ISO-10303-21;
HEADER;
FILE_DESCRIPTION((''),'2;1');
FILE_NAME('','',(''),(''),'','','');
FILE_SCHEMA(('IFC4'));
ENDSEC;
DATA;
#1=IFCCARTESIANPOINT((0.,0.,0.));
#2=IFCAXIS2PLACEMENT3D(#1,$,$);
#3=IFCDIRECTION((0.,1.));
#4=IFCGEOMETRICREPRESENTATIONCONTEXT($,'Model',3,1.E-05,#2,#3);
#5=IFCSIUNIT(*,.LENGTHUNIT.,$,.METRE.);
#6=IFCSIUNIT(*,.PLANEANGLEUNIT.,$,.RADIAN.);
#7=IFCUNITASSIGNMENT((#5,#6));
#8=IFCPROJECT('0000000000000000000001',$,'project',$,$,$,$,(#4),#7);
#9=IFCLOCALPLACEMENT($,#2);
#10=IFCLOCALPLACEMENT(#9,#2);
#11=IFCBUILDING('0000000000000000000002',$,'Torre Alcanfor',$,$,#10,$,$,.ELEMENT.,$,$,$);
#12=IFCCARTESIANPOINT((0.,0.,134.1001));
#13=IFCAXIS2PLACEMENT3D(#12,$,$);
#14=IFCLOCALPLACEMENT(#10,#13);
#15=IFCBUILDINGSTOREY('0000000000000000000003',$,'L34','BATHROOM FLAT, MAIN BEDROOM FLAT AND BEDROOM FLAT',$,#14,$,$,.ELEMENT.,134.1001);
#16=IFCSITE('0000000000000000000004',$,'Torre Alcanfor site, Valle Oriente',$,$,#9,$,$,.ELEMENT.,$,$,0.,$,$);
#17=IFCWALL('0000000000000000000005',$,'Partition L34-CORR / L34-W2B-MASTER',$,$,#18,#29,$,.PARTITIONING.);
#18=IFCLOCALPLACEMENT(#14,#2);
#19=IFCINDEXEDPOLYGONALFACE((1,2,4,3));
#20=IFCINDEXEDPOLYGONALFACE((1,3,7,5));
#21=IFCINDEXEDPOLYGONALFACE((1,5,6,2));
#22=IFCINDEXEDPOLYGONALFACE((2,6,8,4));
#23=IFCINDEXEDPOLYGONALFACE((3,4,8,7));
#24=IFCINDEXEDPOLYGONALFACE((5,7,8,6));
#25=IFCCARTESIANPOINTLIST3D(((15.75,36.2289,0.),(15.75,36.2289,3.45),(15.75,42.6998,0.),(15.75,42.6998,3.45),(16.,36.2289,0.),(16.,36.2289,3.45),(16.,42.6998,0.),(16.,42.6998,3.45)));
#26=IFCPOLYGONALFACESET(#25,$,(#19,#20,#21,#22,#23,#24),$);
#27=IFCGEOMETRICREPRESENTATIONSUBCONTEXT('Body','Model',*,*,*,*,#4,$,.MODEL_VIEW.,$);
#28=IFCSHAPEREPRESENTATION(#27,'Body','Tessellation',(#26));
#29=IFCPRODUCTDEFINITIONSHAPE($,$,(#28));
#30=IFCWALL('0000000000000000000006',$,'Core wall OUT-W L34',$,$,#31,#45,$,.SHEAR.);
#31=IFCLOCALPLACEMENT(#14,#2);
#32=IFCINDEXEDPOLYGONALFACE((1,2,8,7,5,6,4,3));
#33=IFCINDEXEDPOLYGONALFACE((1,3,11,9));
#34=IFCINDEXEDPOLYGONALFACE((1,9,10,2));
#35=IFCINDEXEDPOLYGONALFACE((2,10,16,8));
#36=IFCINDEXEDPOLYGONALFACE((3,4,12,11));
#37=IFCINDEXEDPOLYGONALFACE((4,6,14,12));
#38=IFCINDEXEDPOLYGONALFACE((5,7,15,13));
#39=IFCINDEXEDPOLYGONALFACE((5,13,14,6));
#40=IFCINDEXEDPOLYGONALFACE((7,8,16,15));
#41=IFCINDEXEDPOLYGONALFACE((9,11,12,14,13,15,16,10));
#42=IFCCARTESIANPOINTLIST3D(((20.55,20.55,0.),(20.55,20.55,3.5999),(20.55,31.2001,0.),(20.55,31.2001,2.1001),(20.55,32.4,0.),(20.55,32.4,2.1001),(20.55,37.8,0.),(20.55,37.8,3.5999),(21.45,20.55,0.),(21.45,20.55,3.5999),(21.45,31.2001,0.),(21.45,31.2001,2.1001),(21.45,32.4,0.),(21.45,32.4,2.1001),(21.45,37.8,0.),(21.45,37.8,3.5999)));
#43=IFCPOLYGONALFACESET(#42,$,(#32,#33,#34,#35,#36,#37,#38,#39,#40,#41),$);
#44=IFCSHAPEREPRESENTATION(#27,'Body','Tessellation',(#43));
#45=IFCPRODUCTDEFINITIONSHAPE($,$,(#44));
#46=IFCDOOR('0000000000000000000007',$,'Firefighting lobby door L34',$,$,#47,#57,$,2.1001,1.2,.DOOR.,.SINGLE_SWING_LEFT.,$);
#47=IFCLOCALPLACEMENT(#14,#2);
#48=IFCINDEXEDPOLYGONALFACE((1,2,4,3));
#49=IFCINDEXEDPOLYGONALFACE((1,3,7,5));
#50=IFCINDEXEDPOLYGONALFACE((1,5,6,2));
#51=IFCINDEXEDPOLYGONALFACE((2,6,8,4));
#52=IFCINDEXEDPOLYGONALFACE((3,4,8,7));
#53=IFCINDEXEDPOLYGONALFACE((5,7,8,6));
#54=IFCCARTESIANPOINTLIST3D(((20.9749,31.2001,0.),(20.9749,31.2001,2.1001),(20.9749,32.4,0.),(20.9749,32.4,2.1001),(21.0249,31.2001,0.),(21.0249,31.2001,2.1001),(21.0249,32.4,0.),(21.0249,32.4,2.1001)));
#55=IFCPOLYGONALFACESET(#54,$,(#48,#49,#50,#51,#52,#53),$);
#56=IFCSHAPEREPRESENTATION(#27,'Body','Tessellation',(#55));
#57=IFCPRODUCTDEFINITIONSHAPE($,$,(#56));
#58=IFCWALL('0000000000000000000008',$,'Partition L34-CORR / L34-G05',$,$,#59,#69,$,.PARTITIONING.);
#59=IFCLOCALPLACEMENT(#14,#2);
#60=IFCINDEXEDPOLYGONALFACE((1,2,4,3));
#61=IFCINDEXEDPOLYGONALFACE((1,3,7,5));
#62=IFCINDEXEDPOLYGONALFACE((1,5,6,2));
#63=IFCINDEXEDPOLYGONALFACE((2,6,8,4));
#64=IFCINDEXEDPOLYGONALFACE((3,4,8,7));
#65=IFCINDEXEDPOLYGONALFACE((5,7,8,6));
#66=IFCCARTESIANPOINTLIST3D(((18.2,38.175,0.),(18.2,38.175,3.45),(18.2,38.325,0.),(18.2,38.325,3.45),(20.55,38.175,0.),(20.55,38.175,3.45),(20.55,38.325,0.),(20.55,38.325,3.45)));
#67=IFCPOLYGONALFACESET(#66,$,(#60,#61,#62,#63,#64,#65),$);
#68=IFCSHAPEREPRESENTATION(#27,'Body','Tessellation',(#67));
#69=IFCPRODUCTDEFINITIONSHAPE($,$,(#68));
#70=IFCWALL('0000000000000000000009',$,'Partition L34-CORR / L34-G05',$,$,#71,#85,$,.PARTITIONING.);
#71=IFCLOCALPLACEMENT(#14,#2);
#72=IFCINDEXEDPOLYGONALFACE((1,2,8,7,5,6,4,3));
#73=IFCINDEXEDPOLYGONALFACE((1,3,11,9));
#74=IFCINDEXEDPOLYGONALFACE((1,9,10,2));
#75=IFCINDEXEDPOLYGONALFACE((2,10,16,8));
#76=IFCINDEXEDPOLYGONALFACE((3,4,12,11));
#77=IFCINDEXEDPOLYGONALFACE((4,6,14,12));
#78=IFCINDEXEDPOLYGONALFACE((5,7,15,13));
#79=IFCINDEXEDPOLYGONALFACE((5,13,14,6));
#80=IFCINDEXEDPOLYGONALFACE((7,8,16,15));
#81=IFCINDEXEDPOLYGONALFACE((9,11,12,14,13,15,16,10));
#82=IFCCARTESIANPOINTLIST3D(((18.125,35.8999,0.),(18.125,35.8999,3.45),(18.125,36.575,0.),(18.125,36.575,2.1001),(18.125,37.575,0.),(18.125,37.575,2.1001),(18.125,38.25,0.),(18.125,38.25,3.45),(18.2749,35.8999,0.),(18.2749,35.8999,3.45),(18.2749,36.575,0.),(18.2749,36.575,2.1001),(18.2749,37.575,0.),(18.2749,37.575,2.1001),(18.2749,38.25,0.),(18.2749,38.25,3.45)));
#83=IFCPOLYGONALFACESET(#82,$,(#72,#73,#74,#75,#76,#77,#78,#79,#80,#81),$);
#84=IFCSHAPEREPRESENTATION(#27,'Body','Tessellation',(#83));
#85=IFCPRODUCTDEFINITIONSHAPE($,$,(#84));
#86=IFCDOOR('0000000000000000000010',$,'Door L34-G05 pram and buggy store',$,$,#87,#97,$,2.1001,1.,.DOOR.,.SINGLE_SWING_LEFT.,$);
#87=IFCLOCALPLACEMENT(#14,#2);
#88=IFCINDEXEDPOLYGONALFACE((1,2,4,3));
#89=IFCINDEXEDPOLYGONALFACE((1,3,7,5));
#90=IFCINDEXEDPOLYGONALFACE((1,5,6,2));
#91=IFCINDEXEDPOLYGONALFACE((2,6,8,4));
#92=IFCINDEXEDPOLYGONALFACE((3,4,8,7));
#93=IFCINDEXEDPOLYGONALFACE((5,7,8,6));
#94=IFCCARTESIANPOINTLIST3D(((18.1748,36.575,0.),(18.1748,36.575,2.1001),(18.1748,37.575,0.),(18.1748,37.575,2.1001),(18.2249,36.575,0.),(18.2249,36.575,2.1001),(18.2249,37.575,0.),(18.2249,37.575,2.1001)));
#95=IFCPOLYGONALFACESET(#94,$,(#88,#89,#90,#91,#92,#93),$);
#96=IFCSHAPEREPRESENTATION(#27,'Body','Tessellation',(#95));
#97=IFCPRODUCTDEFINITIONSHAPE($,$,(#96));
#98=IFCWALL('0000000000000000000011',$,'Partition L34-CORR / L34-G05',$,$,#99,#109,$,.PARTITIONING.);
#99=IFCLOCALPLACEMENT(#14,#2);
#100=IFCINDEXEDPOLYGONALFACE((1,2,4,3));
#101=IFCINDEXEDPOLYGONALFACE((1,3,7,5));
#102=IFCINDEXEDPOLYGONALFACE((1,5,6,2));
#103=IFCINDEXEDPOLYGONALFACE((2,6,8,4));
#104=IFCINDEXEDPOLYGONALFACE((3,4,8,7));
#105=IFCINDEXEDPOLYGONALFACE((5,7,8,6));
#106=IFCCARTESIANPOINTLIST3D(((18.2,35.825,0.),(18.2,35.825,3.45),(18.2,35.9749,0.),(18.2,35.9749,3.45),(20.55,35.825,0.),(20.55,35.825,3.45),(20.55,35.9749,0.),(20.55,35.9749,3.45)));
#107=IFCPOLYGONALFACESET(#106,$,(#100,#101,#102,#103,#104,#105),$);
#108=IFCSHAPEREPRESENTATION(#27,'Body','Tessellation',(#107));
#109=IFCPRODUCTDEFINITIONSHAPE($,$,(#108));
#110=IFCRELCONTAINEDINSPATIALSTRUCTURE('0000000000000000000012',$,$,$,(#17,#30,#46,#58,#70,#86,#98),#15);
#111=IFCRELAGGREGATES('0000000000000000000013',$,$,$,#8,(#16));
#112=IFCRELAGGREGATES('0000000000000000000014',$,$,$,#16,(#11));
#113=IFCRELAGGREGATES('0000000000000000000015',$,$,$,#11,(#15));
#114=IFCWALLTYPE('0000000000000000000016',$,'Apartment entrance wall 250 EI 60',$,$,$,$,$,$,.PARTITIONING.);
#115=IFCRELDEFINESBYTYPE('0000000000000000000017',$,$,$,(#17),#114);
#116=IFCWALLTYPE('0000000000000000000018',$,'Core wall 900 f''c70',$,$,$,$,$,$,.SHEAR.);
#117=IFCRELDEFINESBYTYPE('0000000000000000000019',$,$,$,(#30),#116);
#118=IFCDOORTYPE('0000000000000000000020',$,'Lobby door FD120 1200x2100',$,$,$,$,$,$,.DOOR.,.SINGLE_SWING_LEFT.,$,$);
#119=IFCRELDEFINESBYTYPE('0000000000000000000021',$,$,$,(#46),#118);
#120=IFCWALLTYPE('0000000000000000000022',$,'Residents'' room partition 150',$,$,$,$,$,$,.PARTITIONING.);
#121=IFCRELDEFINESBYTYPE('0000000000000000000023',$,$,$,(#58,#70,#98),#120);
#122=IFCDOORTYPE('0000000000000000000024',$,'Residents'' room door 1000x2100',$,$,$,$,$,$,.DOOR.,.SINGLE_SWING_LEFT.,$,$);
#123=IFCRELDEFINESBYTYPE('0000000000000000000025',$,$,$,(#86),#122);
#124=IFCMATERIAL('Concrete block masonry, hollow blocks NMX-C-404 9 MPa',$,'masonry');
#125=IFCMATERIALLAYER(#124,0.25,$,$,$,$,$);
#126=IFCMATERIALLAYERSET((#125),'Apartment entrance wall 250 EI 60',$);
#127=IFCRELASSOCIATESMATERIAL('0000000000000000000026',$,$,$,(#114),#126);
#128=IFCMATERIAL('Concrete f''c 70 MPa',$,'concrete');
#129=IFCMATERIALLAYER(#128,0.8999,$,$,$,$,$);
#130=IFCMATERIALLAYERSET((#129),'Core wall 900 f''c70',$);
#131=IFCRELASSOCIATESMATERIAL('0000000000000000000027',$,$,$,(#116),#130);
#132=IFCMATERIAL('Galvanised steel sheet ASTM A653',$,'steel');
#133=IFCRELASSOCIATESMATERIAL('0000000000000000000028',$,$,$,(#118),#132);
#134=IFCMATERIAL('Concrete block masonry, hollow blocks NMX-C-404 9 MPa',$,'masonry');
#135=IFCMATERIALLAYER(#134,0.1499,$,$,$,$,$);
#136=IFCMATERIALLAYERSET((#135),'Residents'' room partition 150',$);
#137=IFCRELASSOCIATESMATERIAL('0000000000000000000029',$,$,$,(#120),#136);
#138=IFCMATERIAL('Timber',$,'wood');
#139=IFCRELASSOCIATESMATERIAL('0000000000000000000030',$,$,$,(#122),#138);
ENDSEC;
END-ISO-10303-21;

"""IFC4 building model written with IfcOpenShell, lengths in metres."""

from ifc_helpers import new_model, si_unit, direction, frame, frame_2d, origin, place, context, subcontext, project, spatial, rectangle, extrude, material, layer, layer_set, type_object, element, fill, save


model = new_model("IFC4")

# Units and contexts
model_context = context("Model", 3, precision=1e-05, world=origin(), true_north=direction((0.0, 1.0)))
body_context = subcontext(model_context, "Body", "Model", "MODEL_VIEW")
ifc_project = project(units=[si_unit("LENGTHUNIT", "METRE"), si_unit("PLANEANGLEUNIT", "RADIAN")], contexts=[model_context])

# Site, building, storey
site_placement = place(None, origin())
site = spatial("IfcSite", under=ifc_project, at=site_placement, Name="Torre Alcanfor site, Valle Oriente", CompositionType="ELEMENT", RefElevation=0.0)
building_placement = place(site_placement, origin())
building = spatial("IfcBuilding", under=site, at=building_placement, Name="Torre Alcanfor", CompositionType="ELEMENT")
storey_placement = place(building_placement, frame((0.0, 0.0, 134.1001)))
storey = spatial("IfcBuildingStorey", under=building, at=storey_placement, Name="L34", Description="BATHROOM FLAT, MAIN BEDROOM FLAT AND BEDROOM FLAT", CompositionType="ELEMENT", Elevation=134.1001)

# Wall
ifc_material_1 = material(Name="Concrete block masonry, hollow blocks NMX-C-404 9 MPa", Category="masonry")
ifc_layer_1 = layer(ifc_material_1, 0.25)
ifc_layer_set_1 = layer_set([ifc_layer_1], Name="Apartment entrance wall 250 EI 60")
wall_type_1 = type_object("IfcWallType", Name="Apartment entrance wall 250 EI 60", PredefinedType="PARTITIONING", material=ifc_layer_set_1)
wall_1_placement = place(storey_placement, frame((15.875, 36.229, 0.0), z_axis=(0.0, 0.0, 1.0), x_axis=(0.0, 1.0, 0.0)))
element("IfcWall", 1, at=wall_1_placement, inside=storey, type_object=wall_type_1, Name="Partition L34-CORR / L34-W2B-MASTER", PredefinedType="PARTITIONING", context=body_context, shape_type="SweptSolid", body=[
    extrude(rectangle(XDim=6.4709, YDim=0.25, at=frame_2d((3.2354, 0.0))), origin(), (0.0, 0.0, 1.0), 3.45),
])

# Wall, opening, door
ifc_material_2 = material(Name="Concrete f'c 70 MPa", Category="concrete")
ifc_layer_2 = layer(ifc_material_2, 0.8999)
ifc_layer_set_2 = layer_set([ifc_layer_2], Name="Core wall 900 f'c70")
wall_type_2 = type_object("IfcWallType", Name="Core wall 900 f'c70", PredefinedType="SHEAR", material=ifc_layer_set_2)
wall_2_placement = place(storey_placement, frame((21.0, 37.8, 0.0), z_axis=(0.0, 0.0, 1.0), x_axis=(0.0, -1.0, 0.0)))
wall_2 = element("IfcWall", 2, at=wall_2_placement, inside=storey, type_object=wall_type_2, Name="Core wall OUT-W L34", PredefinedType="SHEAR", context=body_context, shape_type="SweptSolid", body=[
    extrude(rectangle(XDim=17.25, YDim=0.8999, at=frame_2d((8.625, 0.0))), origin(), (0.0, 0.0, 1.0), 3.5999),
])
opening_1_placement = place(wall_2_placement, frame((5.3999, 0.0, 0.0)))
opening_1 = element("IfcOpeningElement", 3, at=opening_1_placement, cuts=wall_2, PredefinedType="OPENING", context=body_context, shape_type="SweptSolid", body=[
    extrude(rectangle(XDim=1.2, YDim=2.1001, at=frame_2d((0.6001, 1.05))), frame((0.0, 0.46, 0.0), z_axis=(0.0, -1.0, 0.0), x_axis=(1.0, 0.0, 0.0)), (0.0, 0.0, 1.0), 0.9199),
])
ifc_material_3 = material(Name="Galvanised steel sheet ASTM A653", Category="steel")
door_type_1 = type_object("IfcDoorType", Name="Lobby door FD120 1200x2100", OperationType="SINGLE_SWING_LEFT", PredefinedType="DOOR", material=ifc_material_3)
door_1_placement = place(opening_1_placement, origin())
door_1 = element("IfcDoor", 4, at=door_1_placement, inside=storey, type_object=door_type_1, Name="Firefighting lobby door L34", OperationType="SINGLE_SWING_LEFT", OverallHeight=2.1001, OverallWidth=1.2, PredefinedType="DOOR", context=body_context, shape_type="SweptSolid", body=[
    extrude(rectangle(XDim=1.2, YDim=2.1001, at=frame_2d((0.6001, 1.05))), frame((0.0, 0.0249, 0.0), z_axis=(0.0, -1.0, 0.0), x_axis=(1.0, 0.0, 0.0)), (0.0, 0.0, 1.0), 0.05),
])
fill(opening_1, door_1)

# Wall
ifc_material_4 = material(Name="Concrete block masonry, hollow blocks NMX-C-404 9 MPa", Category="masonry")
ifc_layer_3 = layer(ifc_material_4, 0.1499)
ifc_layer_set_3 = layer_set([ifc_layer_3], Name="Residents' room partition 150")
wall_type_3 = type_object("IfcWallType", Name="Residents' room partition 150", PredefinedType="PARTITIONING", material=ifc_layer_set_3)
wall_3_placement = place(storey_placement, frame((20.55, 38.25, 0.0), z_axis=(0.0, 0.0, 1.0), x_axis=(-1.0, 0.0, 0.0)))
element("IfcWall", 5, at=wall_3_placement, inside=storey, type_object=wall_type_3, Name="Partition L34-CORR / L34-G05", PredefinedType="PARTITIONING", context=body_context, shape_type="SweptSolid", body=[
    extrude(rectangle(XDim=2.3501, YDim=0.1499, at=frame_2d((1.175, 0.0))), origin(), (0.0, 0.0, 1.0), 3.45),
])

# Wall, opening, door
wall_4_placement = place(storey_placement, frame((18.2, 38.25, 0.0), z_axis=(0.0, 0.0, 1.0), x_axis=(0.0, -1.0, 0.0)))
wall_4 = element("IfcWall", 6, at=wall_4_placement, inside=storey, type_object=wall_type_3, Name="Partition L34-CORR / L34-G05", PredefinedType="PARTITIONING", context=body_context, shape_type="SweptSolid", body=[
    extrude(rectangle(XDim=2.3501, YDim=0.1499, at=frame_2d((1.175, 0.0))), origin(), (0.0, 0.0, 1.0), 3.45),
])
opening_2_placement = place(wall_4_placement, frame((0.675, 0.0, 0.0)))
opening_2 = element("IfcOpeningElement", 7, at=opening_2_placement, cuts=wall_4, PredefinedType="OPENING", context=body_context, shape_type="SweptSolid", body=[
    extrude(rectangle(XDim=1.0, YDim=2.1001, at=frame_2d((0.5, 1.05))), frame((0.0, 0.085, 0.0), z_axis=(0.0, -1.0, 0.0), x_axis=(1.0, 0.0, 0.0)), (0.0, 0.0, 1.0), 0.1699),
])
ifc_material_5 = material(Name="Timber", Category="wood")
door_type_2 = type_object("IfcDoorType", Name="Residents' room door 1000x2100", OperationType="SINGLE_SWING_LEFT", PredefinedType="DOOR", material=ifc_material_5)
door_2_placement = place(opening_2_placement, origin())
door_2 = element("IfcDoor", 8, at=door_2_placement, inside=storey, type_object=door_type_2, Name="Door L34-G05 pram and buggy store", OperationType="SINGLE_SWING_LEFT", OverallHeight=2.1001, OverallWidth=1.0, PredefinedType="DOOR", context=body_context, shape_type="SweptSolid", body=[
    extrude(rectangle(XDim=1.0, YDim=2.1001, at=frame_2d((0.5, 1.05))), frame((0.0, 0.0249, 0.0), z_axis=(0.0, -1.0, 0.0), x_axis=(1.0, 0.0, 0.0)), (0.0, 0.0, 1.0), 0.05),
])
fill(opening_2, door_2)

# Wall
wall_5_placement = place(storey_placement, frame((18.2, 35.8999, 0.0), z_axis=(0.0, 0.0, 1.0), x_axis=(1.0, 0.0, 0.0)))
element("IfcWall", 9, at=wall_5_placement, inside=storey, type_object=wall_type_3, Name="Partition L34-CORR / L34-G05", PredefinedType="PARTITIONING", context=body_context, shape_type="SweptSolid", body=[
    extrude(rectangle(XDim=2.3501, YDim=0.1499, at=frame_2d((1.175, 0.0))), origin(), (0.0, 0.0, 1.0), 3.45),
])

save(model, "model.ifc")
